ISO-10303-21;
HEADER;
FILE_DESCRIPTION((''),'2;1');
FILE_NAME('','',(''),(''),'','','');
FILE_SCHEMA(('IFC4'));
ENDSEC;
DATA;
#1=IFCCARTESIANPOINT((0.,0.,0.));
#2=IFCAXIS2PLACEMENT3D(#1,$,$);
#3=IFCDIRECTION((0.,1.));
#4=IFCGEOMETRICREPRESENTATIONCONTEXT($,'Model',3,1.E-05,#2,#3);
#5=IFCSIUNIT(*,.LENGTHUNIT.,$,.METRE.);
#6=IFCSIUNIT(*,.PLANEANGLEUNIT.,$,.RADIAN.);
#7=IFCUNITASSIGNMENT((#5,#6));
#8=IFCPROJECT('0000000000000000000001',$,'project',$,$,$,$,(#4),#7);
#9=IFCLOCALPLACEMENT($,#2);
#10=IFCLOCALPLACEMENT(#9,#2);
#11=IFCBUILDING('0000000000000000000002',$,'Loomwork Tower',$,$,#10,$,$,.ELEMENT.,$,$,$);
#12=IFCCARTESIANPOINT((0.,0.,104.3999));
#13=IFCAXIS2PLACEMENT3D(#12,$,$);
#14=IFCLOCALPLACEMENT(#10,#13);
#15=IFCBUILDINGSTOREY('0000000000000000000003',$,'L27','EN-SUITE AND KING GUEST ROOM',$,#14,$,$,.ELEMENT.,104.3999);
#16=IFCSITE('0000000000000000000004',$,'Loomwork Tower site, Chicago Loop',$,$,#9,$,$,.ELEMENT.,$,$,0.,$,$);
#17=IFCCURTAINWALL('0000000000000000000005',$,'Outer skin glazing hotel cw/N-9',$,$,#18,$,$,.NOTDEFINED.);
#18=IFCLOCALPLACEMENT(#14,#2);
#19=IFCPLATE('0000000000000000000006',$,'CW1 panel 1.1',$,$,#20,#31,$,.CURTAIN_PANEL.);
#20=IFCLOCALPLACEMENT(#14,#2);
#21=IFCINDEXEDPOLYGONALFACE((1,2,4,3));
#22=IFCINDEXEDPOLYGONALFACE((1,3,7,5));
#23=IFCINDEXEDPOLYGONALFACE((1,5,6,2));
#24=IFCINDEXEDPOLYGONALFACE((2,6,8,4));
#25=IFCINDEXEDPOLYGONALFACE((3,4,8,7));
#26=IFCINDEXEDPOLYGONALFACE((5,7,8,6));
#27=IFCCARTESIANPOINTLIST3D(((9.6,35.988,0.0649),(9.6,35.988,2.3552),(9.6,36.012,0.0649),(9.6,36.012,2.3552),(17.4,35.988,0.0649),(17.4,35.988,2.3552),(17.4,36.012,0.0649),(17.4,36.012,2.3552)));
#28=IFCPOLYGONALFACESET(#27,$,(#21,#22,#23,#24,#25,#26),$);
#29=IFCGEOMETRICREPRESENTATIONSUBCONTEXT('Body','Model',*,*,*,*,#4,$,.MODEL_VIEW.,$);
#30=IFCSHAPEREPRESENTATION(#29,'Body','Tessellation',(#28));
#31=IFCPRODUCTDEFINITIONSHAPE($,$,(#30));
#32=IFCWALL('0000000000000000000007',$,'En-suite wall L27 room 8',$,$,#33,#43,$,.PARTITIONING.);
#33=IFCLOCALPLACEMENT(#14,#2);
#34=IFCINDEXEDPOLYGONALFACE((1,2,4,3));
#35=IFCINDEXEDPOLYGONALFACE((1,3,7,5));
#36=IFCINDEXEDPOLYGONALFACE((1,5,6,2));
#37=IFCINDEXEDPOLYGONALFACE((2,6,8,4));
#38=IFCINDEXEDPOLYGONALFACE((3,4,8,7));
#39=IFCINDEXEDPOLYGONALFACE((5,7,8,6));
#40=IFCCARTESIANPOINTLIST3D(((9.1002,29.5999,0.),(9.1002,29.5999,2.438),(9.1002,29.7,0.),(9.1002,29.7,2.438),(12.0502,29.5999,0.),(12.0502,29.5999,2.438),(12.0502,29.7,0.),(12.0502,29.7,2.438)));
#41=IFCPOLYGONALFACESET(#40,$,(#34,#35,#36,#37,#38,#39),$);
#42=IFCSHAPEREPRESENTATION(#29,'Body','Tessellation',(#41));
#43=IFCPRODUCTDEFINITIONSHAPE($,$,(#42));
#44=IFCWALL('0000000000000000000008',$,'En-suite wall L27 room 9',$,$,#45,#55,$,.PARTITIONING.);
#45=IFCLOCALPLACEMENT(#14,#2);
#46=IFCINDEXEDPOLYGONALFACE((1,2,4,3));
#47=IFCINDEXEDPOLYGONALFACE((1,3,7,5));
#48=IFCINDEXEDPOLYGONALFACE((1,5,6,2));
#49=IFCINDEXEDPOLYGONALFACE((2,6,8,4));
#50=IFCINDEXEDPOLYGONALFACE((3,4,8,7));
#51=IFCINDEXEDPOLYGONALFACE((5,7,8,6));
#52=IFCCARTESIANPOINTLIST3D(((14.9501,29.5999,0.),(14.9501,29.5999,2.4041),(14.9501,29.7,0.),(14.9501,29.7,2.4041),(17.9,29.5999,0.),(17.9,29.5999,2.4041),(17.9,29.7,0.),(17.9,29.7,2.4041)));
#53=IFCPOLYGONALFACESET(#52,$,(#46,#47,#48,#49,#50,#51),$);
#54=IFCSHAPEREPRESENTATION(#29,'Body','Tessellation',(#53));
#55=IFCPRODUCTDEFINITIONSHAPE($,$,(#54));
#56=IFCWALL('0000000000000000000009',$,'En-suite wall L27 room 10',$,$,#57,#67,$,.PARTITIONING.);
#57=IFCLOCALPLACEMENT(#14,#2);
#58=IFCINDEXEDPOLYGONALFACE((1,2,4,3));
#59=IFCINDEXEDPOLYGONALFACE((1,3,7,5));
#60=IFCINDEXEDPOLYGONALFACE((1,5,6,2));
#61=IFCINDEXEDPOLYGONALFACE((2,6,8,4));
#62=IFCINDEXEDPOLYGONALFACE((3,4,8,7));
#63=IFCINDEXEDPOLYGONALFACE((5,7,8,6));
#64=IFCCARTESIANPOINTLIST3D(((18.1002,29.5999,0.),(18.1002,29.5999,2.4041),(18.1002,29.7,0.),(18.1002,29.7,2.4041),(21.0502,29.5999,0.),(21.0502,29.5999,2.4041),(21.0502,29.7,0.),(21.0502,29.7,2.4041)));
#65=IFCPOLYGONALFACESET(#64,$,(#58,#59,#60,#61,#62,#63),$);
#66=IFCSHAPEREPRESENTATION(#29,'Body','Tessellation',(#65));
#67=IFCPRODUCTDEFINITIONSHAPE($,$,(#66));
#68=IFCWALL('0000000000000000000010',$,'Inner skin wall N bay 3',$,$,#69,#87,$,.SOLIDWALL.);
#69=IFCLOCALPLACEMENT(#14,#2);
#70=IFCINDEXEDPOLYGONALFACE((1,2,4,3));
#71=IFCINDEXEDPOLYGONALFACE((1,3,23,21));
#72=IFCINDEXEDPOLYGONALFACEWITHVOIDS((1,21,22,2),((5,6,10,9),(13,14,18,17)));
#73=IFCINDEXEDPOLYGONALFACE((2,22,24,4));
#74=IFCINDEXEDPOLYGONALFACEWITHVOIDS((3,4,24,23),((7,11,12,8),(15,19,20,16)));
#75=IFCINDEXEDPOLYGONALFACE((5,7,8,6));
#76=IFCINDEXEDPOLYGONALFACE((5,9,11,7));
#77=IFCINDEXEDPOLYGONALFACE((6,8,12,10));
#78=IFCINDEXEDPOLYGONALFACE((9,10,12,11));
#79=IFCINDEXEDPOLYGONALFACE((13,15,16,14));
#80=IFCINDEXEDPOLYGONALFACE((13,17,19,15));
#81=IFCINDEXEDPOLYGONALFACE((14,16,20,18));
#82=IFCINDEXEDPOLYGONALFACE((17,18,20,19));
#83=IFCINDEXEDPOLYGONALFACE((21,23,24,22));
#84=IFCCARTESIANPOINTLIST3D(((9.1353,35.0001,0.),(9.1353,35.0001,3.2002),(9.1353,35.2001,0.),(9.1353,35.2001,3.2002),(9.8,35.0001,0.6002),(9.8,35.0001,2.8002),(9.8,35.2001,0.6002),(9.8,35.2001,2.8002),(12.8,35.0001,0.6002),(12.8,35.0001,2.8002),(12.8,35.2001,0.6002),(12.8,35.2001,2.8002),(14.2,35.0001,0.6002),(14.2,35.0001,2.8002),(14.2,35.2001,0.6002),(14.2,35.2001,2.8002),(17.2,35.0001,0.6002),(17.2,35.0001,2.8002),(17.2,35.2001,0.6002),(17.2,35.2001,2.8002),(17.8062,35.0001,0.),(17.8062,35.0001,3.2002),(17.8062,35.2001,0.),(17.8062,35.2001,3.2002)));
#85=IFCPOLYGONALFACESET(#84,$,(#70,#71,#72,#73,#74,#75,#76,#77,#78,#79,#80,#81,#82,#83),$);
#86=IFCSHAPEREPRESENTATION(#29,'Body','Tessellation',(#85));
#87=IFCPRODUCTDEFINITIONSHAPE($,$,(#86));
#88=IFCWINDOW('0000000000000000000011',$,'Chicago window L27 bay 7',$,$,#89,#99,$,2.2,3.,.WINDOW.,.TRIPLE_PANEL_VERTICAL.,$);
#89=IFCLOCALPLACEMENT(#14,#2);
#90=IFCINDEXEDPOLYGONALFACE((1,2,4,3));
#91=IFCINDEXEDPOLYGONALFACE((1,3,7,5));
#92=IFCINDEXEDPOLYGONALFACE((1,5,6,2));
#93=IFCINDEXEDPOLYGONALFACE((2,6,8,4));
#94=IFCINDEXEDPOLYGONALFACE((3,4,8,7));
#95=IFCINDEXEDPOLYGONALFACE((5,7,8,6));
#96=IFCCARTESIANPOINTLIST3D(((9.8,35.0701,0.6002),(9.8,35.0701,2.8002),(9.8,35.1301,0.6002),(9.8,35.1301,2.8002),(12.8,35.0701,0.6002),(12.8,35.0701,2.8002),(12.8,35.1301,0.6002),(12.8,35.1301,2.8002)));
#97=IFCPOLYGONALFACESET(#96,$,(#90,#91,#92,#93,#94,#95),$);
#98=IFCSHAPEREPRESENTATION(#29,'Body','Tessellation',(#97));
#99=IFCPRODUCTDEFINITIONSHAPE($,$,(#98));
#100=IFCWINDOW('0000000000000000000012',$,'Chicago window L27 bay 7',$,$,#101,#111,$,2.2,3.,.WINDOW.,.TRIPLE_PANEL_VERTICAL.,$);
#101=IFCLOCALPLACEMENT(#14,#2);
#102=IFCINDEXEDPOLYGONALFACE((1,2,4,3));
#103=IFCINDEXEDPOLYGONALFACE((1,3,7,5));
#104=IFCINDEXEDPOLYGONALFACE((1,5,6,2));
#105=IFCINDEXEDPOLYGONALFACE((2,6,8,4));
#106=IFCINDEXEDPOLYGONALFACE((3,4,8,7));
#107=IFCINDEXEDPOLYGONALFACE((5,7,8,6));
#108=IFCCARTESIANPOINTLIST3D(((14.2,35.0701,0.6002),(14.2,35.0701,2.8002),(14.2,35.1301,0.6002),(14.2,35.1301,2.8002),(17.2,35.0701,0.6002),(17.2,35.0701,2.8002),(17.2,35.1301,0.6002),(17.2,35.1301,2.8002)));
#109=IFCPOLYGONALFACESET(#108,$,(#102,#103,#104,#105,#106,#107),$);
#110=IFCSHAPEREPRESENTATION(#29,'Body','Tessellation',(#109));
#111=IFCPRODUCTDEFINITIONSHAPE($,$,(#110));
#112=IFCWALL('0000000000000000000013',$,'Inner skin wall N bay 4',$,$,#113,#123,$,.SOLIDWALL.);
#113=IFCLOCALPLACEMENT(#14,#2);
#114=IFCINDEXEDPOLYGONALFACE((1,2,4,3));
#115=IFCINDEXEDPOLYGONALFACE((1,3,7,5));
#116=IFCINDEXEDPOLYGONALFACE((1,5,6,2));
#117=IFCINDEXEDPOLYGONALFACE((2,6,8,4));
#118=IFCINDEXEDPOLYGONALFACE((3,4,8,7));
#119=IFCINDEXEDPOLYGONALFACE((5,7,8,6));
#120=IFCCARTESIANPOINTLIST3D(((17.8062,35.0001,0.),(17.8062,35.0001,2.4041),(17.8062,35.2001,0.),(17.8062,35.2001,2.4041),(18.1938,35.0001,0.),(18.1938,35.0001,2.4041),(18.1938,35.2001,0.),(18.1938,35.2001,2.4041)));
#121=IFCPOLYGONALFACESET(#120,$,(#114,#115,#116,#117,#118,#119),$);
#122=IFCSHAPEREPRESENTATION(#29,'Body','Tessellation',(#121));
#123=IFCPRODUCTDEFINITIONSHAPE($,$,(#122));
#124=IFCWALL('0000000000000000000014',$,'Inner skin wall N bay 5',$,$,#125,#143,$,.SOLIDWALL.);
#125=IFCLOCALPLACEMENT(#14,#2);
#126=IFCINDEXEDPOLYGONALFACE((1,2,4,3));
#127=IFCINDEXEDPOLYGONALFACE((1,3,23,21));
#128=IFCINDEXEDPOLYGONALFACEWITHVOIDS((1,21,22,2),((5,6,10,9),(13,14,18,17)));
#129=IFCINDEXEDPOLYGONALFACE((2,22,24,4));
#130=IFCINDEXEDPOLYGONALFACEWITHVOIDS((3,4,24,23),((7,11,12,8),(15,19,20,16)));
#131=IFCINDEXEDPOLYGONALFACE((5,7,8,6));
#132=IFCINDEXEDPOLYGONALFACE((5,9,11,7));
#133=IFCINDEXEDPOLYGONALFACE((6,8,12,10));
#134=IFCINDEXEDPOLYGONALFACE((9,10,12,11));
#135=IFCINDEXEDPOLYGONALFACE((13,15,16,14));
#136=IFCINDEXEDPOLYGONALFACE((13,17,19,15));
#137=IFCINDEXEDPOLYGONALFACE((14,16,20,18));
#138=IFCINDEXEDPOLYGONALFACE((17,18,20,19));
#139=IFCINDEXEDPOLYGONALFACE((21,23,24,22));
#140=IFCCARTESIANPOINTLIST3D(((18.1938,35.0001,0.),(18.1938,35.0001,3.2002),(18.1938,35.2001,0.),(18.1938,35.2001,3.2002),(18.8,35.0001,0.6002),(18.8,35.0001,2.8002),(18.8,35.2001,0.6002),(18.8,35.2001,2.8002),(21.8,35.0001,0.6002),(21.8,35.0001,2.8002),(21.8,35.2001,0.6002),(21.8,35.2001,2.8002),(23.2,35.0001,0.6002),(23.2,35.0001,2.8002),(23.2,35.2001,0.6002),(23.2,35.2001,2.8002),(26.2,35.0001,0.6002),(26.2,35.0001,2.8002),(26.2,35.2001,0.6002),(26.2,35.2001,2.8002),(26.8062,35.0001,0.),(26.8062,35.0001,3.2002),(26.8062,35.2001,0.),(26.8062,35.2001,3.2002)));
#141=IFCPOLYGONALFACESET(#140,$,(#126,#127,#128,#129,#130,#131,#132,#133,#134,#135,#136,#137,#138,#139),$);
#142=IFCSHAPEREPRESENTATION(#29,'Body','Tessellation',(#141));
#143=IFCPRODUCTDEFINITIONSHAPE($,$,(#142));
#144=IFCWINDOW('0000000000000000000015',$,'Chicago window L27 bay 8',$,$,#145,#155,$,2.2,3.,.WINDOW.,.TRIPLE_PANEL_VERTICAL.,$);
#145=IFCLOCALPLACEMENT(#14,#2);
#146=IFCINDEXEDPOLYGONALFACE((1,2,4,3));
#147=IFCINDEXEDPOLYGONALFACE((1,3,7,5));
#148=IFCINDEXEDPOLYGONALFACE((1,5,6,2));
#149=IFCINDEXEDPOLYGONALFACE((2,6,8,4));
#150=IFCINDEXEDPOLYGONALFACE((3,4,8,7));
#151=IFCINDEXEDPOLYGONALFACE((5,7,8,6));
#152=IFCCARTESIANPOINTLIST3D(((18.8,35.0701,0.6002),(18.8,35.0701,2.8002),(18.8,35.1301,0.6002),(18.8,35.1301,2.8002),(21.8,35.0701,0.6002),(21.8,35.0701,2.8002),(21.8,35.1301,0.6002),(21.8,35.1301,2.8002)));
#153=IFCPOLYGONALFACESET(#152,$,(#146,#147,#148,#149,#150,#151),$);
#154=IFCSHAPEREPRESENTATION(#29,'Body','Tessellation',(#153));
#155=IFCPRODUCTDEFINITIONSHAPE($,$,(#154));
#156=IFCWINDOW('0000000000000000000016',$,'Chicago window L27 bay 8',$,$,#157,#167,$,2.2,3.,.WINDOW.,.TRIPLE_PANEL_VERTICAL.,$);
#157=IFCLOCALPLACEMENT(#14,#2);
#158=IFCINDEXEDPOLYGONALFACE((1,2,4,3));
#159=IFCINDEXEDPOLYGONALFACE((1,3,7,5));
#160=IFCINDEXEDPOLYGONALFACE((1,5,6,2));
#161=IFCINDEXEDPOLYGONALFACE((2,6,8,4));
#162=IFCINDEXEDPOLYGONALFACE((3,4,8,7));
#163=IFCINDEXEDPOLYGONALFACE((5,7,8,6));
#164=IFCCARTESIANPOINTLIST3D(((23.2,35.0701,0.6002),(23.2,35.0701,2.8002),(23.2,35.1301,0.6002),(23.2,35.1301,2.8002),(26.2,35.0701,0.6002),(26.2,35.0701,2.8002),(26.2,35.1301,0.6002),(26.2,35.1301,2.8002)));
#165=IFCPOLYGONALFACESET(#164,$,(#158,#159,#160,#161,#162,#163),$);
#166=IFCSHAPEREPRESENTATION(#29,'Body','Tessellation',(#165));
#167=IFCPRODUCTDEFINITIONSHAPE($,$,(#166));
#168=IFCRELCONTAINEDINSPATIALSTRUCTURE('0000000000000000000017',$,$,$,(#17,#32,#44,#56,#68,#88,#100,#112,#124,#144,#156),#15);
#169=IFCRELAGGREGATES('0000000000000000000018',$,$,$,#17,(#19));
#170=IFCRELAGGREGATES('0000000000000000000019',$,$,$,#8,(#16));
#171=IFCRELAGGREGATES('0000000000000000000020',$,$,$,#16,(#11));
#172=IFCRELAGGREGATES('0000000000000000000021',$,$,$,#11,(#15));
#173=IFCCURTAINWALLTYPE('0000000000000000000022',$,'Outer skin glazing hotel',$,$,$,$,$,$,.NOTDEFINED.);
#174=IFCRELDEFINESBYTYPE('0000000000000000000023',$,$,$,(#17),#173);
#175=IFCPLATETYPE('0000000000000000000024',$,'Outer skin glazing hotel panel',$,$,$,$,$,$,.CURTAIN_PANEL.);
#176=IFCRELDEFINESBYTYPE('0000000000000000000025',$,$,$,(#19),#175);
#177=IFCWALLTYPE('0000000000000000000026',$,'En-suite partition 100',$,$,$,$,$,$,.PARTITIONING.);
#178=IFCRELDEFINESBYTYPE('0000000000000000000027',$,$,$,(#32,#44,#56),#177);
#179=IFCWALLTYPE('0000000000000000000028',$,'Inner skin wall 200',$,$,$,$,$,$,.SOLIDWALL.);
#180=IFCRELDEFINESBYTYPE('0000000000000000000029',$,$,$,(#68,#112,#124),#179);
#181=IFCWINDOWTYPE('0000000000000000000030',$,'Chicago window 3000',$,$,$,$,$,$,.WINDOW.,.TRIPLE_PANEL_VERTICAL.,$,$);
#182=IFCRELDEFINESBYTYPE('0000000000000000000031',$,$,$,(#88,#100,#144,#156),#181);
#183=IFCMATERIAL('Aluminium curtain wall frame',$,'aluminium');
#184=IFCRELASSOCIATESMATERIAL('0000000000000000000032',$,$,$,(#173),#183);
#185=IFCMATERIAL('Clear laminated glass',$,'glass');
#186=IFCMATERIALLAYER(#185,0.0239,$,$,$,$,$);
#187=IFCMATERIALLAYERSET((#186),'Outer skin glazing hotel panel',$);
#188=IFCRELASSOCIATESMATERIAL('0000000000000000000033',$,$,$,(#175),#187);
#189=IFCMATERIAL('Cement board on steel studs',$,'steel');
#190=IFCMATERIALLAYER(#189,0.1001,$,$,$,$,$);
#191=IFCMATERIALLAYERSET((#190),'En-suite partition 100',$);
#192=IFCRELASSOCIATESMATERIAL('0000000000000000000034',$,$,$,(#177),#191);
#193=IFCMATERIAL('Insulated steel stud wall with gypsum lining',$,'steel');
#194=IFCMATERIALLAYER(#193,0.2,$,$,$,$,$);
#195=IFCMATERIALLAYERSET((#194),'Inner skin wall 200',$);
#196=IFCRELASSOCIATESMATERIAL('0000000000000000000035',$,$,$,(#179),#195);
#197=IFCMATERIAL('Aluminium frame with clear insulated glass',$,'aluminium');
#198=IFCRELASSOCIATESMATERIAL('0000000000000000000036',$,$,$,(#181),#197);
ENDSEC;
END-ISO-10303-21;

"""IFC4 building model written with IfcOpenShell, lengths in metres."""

from ifc_helpers import new_model, si_unit, direction, frame, frame_2d, origin, origin_2d, place, context, subcontext, project, spatial, rectangle, extrude, material, layer, layer_set, type_object, element, fill, aggregate, save


model = new_model("IFC4")

# Units and contexts
model_context = context("Model", 3, precision=1e-05, world=origin(), true_north=direction((0.0, 1.0)))
body_context = subcontext(model_context, "Body", "Model", "MODEL_VIEW")
ifc_project = project(units=[si_unit("LENGTHUNIT", "METRE"), si_unit("PLANEANGLEUNIT", "RADIAN")], contexts=[model_context])

# Site, building, storey
site_placement = place(None, origin())
site = spatial("IfcSite", under=ifc_project, at=site_placement, Name="Loomwork Tower site, Chicago Loop", CompositionType="ELEMENT", RefElevation=0.0)
building_placement = place(site_placement, origin())
building = spatial("IfcBuilding", under=site, at=building_placement, Name="Loomwork Tower", CompositionType="ELEMENT")
storey_placement = place(building_placement, frame((0.0, 0.0, 104.3999)))
storey = spatial("IfcBuildingStorey", under=building, at=storey_placement, Name="L27", Description="EN-SUITE AND KING GUEST ROOM", CompositionType="ELEMENT", Elevation=104.3999)

# Curtain wall
ifc_material_1 = material(Name="Aluminium curtain wall frame", Category="aluminium")
curtain_wall_type = type_object("IfcCurtainWallType", Name="Outer skin glazing hotel", PredefinedType="NOTDEFINED", material=ifc_material_1)
curtain_wall_1_placement = place(storey_placement, origin())
curtain_wall_1 = element("IfcCurtainWall", 1, at=curtain_wall_1_placement, inside=storey, type_object=curtain_wall_type, Name="Outer skin glazing hotel cw/N-9", PredefinedType="NOTDEFINED")

# Plate
ifc_material_2 = material(Name="Clear laminated glass", Category="glass")
ifc_layer_1 = layer(ifc_material_2, 0.0239)
ifc_layer_set_1 = layer_set([ifc_layer_1], Name="Outer skin glazing hotel panel")
plate_type = type_object("IfcPlateType", Name="Outer skin glazing hotel panel", PredefinedType="CURTAIN_PANEL", material=ifc_layer_set_1)
plate_placement = place(storey_placement, frame((13.5, 36.0, 0.0649), z_axis=(0.0, 0.0, 1.0), x_axis=(-1.0, 0.0, 0.0)))
plate = element("IfcPlate", 2, at=plate_placement, type_object=plate_type, Name="CW1 panel 1.1", PredefinedType="CURTAIN_PANEL", context=body_context, shape_type="SweptSolid", body=[
    extrude(rectangle(XDim=7.8, YDim=0.0239, at=origin_2d()), origin(), (0.0, 0.0, 1.0), 2.2903),
])
aggregate(curtain_wall_1, [plate])

# Walls
ifc_material_3 = material(Name="Cement board on steel studs", Category="steel")
ifc_layer_2 = layer(ifc_material_3, 0.1001)
ifc_layer_set_2 = layer_set([ifc_layer_2], Name="En-suite partition 100")
wall_type_1 = type_object("IfcWallType", Name="En-suite partition 100", PredefinedType="PARTITIONING", material=ifc_layer_set_2)
wall_1_placement = place(storey_placement, frame((9.1001, 29.6499, 0.0), z_axis=(0.0, 0.0, 1.0), x_axis=(1.0, 0.0, 0.0)))
element("IfcWall", 3, at=wall_1_placement, inside=storey, type_object=wall_type_1, Name="En-suite wall L27 room 8", PredefinedType="PARTITIONING", context=body_context, shape_type="SweptSolid", body=[
    extrude(rectangle(XDim=2.95, YDim=0.1001, at=frame_2d((1.4751, 0.0))), origin(), (0.0, 0.0, 1.0), 2.438),
])
for number, where, z_axis, x_axis, name in (
    (4, (14.95, 29.6499, 0.0), (0.0, 0.0, 1.0), (1.0, 0.0, 0.0), "En-suite wall L27 room 9"),
    (5, (18.1001, 29.6499, 0.0), (0.0, 0.0, 1.0), (1.0, 0.0, 0.0), "En-suite wall L27 room 10"),
):
    element("IfcWall", number, at=place(storey_placement, frame(where, z_axis=z_axis, x_axis=x_axis)), inside=storey, type_object=wall_type_1, Name=name, PredefinedType="PARTITIONING", context=body_context, shape_type="SweptSolid", body=[
        extrude(rectangle(XDim=2.95, YDim=0.1001, at=frame_2d((1.4751, 0.0))), origin(), (0.0, 0.0, 1.0), 2.4041),
    ])

# Wall, openings, windows
ifc_material_4 = material(Name="Insulated steel stud wall with gypsum lining", Category="steel")
ifc_layer_3 = layer(ifc_material_4, 0.2)
ifc_layer_set_3 = layer_set([ifc_layer_3], Name="Inner skin wall 200")
wall_type_2 = type_object("IfcWallType", Name="Inner skin wall 200", PredefinedType="SOLIDWALL", material=ifc_layer_set_3)
wall_2_placement = place(storey_placement, frame((9.1353, 35.1001, 0.0), z_axis=(0.0, 0.0, 1.0), x_axis=(1.0, 0.0, 0.0)))
wall_2 = element("IfcWall", 6, at=wall_2_placement, inside=storey, type_object=wall_type_2, Name="Inner skin wall N bay 3", PredefinedType="SOLIDWALL", context=body_context, shape_type="SweptSolid", body=[
    extrude(rectangle(XDim=8.6709, YDim=0.2, at=frame_2d((4.3354, 0.0))), origin(), (0.0, 0.0, 1.0), 3.2002),
])
opening_1_placement = place(wall_2_placement, frame((0.6648, 0.0, 0.6001)))
opening_1 = element("IfcOpeningElement", 7, at=opening_1_placement, cuts=wall_2, PredefinedType="OPENING", context=body_context, shape_type="SweptSolid", body=[
    extrude(rectangle(XDim=3.0, YDim=2.2, at=frame_2d((1.5, 1.1001))), frame((0.0, 0.1099, 0.0), z_axis=(0.0, -1.0, 0.0), x_axis=(1.0, 0.0, 0.0)), (0.0, 0.0, 1.0), 0.22),
])
opening_2_placement = place(wall_2_placement, frame((5.0647, 0.0, 0.6001)))
opening_2 = element("IfcOpeningElement", 8, at=opening_2_placement, cuts=wall_2, PredefinedType="OPENING", context=body_context, shape_type="SweptSolid", body=[
    extrude(rectangle(XDim=3.0, YDim=2.2, at=frame_2d((1.5, 1.1001))), frame((0.0, 0.1099, 0.0), z_axis=(0.0, -1.0, 0.0), x_axis=(1.0, 0.0, 0.0)), (0.0, 0.0, 1.0), 0.22),
])
ifc_material_5 = material(Name="Aluminium frame with clear insulated glass", Category="aluminium")
window_type = type_object("IfcWindowType", Name="Chicago window 3000", PartitioningType="TRIPLE_PANEL_VERTICAL", PredefinedType="WINDOW", material=ifc_material_5)
window_1_placement = place(opening_1_placement, origin())
window_1 = element("IfcWindow", 9, at=window_1_placement, inside=storey, type_object=window_type, Name="Chicago window L27 bay 7", OverallHeight=2.2, OverallWidth=3.0, PartitioningType="TRIPLE_PANEL_VERTICAL", PredefinedType="WINDOW", context=body_context, shape_type="SweptSolid", body=[
    extrude(rectangle(XDim=3.0, YDim=2.2, at=frame_2d((1.5, 1.1001))), frame((0.0, 0.03, 0.0), z_axis=(0.0, -1.0, 0.0), x_axis=(1.0, 0.0, 0.0)), (0.0, 0.0, 1.0), 0.0601),
])
fill(opening_1, window_1)
window_2_placement = place(opening_2_placement, origin())
window_2 = element("IfcWindow", 10, at=window_2_placement, inside=storey, type_object=window_type, Name="Chicago window L27 bay 7", OverallHeight=2.2, OverallWidth=3.0, PartitioningType="TRIPLE_PANEL_VERTICAL", PredefinedType="WINDOW", context=body_context, shape_type="SweptSolid", body=[
    extrude(rectangle(XDim=3.0, YDim=2.2, at=frame_2d((1.5, 1.1001))), frame((0.0, 0.03, 0.0), z_axis=(0.0, -1.0, 0.0), x_axis=(1.0, 0.0, 0.0)), (0.0, 0.0, 1.0), 0.0601),
])
fill(opening_2, window_2)

# Wall
wall_3_placement = place(storey_placement, frame((17.8062, 35.1001, 0.0), z_axis=(0.0, 0.0, 1.0), x_axis=(1.0, 0.0, 0.0)))
element("IfcWall", 11, at=wall_3_placement, inside=storey, type_object=wall_type_2, Name="Inner skin wall N bay 4", PredefinedType="SOLIDWALL", context=body_context, shape_type="SweptSolid", body=[
    extrude(rectangle(XDim=0.3877, YDim=0.2, at=frame_2d((0.1938, 0.0))), origin(), (0.0, 0.0, 1.0), 2.4041),
])

# Wall, openings, windows
wall_4_placement = place(storey_placement, frame((18.1938, 35.1001, 0.0), z_axis=(0.0, 0.0, 1.0), x_axis=(1.0, 0.0, 0.0)))
wall_4 = element("IfcWall", 12, at=wall_4_placement, inside=storey, type_object=wall_type_2, Name="Inner skin wall N bay 5", PredefinedType="SOLIDWALL", context=body_context, shape_type="SweptSolid", body=[
    extrude(rectangle(XDim=8.6123, YDim=0.2, at=frame_2d((4.3062, 0.0))), origin(), (0.0, 0.0, 1.0), 3.2002),
])
opening_3_placement = place(wall_4_placement, frame((0.6062, 0.0, 0.6001)))
opening_3 = element("IfcOpeningElement", 13, at=opening_3_placement, cuts=wall_4, PredefinedType="OPENING", context=body_context, shape_type="SweptSolid", body=[
    extrude(rectangle(XDim=3.0, YDim=2.2, at=frame_2d((1.5, 1.1001))), frame((0.0, 0.1099, 0.0), z_axis=(0.0, -1.0, 0.0), x_axis=(1.0, 0.0, 0.0)), (0.0, 0.0, 1.0), 0.22),
])
opening_4_placement = place(wall_4_placement, frame((5.0061, 0.0, 0.6001)))
opening_4 = element("IfcOpeningElement", 14, at=opening_4_placement, cuts=wall_4, PredefinedType="OPENING", context=body_context, shape_type="SweptSolid", body=[
    extrude(rectangle(XDim=3.0, YDim=2.2, at=frame_2d((1.5, 1.1001))), frame((0.0, 0.1099, 0.0), z_axis=(0.0, -1.0, 0.0), x_axis=(1.0, 0.0, 0.0)), (0.0, 0.0, 1.0), 0.22),
])
window_3_placement = place(opening_3_placement, origin())
window_3 = element("IfcWindow", 15, at=window_3_placement, inside=storey, type_object=window_type, Name="Chicago window L27 bay 8", OverallHeight=2.2, OverallWidth=3.0, PartitioningType="TRIPLE_PANEL_VERTICAL", PredefinedType="WINDOW", context=body_context, shape_type="SweptSolid", body=[
    extrude(rectangle(XDim=3.0, YDim=2.2, at=frame_2d((1.5, 1.1001))), frame((0.0, 0.03, 0.0), z_axis=(0.0, -1.0, 0.0), x_axis=(1.0, 0.0, 0.0)), (0.0, 0.0, 1.0), 0.0601),
])
fill(opening_3, window_3)
window_4_placement = place(opening_4_placement, origin())
window_4 = element("IfcWindow", 16, at=window_4_placement, inside=storey, type_object=window_type, Name="Chicago window L27 bay 8", OverallHeight=2.2, OverallWidth=3.0, PartitioningType="TRIPLE_PANEL_VERTICAL", PredefinedType="WINDOW", context=body_context, shape_type="SweptSolid", body=[
    extrude(rectangle(XDim=3.0, YDim=2.2, at=frame_2d((1.5, 1.1001))), frame((0.0, 0.03, 0.0), z_axis=(0.0, -1.0, 0.0), x_axis=(1.0, 0.0, 0.0)), (0.0, 0.0, 1.0), 0.0601),
])
fill(opening_4, window_4)

save(model, "model.ifc")
